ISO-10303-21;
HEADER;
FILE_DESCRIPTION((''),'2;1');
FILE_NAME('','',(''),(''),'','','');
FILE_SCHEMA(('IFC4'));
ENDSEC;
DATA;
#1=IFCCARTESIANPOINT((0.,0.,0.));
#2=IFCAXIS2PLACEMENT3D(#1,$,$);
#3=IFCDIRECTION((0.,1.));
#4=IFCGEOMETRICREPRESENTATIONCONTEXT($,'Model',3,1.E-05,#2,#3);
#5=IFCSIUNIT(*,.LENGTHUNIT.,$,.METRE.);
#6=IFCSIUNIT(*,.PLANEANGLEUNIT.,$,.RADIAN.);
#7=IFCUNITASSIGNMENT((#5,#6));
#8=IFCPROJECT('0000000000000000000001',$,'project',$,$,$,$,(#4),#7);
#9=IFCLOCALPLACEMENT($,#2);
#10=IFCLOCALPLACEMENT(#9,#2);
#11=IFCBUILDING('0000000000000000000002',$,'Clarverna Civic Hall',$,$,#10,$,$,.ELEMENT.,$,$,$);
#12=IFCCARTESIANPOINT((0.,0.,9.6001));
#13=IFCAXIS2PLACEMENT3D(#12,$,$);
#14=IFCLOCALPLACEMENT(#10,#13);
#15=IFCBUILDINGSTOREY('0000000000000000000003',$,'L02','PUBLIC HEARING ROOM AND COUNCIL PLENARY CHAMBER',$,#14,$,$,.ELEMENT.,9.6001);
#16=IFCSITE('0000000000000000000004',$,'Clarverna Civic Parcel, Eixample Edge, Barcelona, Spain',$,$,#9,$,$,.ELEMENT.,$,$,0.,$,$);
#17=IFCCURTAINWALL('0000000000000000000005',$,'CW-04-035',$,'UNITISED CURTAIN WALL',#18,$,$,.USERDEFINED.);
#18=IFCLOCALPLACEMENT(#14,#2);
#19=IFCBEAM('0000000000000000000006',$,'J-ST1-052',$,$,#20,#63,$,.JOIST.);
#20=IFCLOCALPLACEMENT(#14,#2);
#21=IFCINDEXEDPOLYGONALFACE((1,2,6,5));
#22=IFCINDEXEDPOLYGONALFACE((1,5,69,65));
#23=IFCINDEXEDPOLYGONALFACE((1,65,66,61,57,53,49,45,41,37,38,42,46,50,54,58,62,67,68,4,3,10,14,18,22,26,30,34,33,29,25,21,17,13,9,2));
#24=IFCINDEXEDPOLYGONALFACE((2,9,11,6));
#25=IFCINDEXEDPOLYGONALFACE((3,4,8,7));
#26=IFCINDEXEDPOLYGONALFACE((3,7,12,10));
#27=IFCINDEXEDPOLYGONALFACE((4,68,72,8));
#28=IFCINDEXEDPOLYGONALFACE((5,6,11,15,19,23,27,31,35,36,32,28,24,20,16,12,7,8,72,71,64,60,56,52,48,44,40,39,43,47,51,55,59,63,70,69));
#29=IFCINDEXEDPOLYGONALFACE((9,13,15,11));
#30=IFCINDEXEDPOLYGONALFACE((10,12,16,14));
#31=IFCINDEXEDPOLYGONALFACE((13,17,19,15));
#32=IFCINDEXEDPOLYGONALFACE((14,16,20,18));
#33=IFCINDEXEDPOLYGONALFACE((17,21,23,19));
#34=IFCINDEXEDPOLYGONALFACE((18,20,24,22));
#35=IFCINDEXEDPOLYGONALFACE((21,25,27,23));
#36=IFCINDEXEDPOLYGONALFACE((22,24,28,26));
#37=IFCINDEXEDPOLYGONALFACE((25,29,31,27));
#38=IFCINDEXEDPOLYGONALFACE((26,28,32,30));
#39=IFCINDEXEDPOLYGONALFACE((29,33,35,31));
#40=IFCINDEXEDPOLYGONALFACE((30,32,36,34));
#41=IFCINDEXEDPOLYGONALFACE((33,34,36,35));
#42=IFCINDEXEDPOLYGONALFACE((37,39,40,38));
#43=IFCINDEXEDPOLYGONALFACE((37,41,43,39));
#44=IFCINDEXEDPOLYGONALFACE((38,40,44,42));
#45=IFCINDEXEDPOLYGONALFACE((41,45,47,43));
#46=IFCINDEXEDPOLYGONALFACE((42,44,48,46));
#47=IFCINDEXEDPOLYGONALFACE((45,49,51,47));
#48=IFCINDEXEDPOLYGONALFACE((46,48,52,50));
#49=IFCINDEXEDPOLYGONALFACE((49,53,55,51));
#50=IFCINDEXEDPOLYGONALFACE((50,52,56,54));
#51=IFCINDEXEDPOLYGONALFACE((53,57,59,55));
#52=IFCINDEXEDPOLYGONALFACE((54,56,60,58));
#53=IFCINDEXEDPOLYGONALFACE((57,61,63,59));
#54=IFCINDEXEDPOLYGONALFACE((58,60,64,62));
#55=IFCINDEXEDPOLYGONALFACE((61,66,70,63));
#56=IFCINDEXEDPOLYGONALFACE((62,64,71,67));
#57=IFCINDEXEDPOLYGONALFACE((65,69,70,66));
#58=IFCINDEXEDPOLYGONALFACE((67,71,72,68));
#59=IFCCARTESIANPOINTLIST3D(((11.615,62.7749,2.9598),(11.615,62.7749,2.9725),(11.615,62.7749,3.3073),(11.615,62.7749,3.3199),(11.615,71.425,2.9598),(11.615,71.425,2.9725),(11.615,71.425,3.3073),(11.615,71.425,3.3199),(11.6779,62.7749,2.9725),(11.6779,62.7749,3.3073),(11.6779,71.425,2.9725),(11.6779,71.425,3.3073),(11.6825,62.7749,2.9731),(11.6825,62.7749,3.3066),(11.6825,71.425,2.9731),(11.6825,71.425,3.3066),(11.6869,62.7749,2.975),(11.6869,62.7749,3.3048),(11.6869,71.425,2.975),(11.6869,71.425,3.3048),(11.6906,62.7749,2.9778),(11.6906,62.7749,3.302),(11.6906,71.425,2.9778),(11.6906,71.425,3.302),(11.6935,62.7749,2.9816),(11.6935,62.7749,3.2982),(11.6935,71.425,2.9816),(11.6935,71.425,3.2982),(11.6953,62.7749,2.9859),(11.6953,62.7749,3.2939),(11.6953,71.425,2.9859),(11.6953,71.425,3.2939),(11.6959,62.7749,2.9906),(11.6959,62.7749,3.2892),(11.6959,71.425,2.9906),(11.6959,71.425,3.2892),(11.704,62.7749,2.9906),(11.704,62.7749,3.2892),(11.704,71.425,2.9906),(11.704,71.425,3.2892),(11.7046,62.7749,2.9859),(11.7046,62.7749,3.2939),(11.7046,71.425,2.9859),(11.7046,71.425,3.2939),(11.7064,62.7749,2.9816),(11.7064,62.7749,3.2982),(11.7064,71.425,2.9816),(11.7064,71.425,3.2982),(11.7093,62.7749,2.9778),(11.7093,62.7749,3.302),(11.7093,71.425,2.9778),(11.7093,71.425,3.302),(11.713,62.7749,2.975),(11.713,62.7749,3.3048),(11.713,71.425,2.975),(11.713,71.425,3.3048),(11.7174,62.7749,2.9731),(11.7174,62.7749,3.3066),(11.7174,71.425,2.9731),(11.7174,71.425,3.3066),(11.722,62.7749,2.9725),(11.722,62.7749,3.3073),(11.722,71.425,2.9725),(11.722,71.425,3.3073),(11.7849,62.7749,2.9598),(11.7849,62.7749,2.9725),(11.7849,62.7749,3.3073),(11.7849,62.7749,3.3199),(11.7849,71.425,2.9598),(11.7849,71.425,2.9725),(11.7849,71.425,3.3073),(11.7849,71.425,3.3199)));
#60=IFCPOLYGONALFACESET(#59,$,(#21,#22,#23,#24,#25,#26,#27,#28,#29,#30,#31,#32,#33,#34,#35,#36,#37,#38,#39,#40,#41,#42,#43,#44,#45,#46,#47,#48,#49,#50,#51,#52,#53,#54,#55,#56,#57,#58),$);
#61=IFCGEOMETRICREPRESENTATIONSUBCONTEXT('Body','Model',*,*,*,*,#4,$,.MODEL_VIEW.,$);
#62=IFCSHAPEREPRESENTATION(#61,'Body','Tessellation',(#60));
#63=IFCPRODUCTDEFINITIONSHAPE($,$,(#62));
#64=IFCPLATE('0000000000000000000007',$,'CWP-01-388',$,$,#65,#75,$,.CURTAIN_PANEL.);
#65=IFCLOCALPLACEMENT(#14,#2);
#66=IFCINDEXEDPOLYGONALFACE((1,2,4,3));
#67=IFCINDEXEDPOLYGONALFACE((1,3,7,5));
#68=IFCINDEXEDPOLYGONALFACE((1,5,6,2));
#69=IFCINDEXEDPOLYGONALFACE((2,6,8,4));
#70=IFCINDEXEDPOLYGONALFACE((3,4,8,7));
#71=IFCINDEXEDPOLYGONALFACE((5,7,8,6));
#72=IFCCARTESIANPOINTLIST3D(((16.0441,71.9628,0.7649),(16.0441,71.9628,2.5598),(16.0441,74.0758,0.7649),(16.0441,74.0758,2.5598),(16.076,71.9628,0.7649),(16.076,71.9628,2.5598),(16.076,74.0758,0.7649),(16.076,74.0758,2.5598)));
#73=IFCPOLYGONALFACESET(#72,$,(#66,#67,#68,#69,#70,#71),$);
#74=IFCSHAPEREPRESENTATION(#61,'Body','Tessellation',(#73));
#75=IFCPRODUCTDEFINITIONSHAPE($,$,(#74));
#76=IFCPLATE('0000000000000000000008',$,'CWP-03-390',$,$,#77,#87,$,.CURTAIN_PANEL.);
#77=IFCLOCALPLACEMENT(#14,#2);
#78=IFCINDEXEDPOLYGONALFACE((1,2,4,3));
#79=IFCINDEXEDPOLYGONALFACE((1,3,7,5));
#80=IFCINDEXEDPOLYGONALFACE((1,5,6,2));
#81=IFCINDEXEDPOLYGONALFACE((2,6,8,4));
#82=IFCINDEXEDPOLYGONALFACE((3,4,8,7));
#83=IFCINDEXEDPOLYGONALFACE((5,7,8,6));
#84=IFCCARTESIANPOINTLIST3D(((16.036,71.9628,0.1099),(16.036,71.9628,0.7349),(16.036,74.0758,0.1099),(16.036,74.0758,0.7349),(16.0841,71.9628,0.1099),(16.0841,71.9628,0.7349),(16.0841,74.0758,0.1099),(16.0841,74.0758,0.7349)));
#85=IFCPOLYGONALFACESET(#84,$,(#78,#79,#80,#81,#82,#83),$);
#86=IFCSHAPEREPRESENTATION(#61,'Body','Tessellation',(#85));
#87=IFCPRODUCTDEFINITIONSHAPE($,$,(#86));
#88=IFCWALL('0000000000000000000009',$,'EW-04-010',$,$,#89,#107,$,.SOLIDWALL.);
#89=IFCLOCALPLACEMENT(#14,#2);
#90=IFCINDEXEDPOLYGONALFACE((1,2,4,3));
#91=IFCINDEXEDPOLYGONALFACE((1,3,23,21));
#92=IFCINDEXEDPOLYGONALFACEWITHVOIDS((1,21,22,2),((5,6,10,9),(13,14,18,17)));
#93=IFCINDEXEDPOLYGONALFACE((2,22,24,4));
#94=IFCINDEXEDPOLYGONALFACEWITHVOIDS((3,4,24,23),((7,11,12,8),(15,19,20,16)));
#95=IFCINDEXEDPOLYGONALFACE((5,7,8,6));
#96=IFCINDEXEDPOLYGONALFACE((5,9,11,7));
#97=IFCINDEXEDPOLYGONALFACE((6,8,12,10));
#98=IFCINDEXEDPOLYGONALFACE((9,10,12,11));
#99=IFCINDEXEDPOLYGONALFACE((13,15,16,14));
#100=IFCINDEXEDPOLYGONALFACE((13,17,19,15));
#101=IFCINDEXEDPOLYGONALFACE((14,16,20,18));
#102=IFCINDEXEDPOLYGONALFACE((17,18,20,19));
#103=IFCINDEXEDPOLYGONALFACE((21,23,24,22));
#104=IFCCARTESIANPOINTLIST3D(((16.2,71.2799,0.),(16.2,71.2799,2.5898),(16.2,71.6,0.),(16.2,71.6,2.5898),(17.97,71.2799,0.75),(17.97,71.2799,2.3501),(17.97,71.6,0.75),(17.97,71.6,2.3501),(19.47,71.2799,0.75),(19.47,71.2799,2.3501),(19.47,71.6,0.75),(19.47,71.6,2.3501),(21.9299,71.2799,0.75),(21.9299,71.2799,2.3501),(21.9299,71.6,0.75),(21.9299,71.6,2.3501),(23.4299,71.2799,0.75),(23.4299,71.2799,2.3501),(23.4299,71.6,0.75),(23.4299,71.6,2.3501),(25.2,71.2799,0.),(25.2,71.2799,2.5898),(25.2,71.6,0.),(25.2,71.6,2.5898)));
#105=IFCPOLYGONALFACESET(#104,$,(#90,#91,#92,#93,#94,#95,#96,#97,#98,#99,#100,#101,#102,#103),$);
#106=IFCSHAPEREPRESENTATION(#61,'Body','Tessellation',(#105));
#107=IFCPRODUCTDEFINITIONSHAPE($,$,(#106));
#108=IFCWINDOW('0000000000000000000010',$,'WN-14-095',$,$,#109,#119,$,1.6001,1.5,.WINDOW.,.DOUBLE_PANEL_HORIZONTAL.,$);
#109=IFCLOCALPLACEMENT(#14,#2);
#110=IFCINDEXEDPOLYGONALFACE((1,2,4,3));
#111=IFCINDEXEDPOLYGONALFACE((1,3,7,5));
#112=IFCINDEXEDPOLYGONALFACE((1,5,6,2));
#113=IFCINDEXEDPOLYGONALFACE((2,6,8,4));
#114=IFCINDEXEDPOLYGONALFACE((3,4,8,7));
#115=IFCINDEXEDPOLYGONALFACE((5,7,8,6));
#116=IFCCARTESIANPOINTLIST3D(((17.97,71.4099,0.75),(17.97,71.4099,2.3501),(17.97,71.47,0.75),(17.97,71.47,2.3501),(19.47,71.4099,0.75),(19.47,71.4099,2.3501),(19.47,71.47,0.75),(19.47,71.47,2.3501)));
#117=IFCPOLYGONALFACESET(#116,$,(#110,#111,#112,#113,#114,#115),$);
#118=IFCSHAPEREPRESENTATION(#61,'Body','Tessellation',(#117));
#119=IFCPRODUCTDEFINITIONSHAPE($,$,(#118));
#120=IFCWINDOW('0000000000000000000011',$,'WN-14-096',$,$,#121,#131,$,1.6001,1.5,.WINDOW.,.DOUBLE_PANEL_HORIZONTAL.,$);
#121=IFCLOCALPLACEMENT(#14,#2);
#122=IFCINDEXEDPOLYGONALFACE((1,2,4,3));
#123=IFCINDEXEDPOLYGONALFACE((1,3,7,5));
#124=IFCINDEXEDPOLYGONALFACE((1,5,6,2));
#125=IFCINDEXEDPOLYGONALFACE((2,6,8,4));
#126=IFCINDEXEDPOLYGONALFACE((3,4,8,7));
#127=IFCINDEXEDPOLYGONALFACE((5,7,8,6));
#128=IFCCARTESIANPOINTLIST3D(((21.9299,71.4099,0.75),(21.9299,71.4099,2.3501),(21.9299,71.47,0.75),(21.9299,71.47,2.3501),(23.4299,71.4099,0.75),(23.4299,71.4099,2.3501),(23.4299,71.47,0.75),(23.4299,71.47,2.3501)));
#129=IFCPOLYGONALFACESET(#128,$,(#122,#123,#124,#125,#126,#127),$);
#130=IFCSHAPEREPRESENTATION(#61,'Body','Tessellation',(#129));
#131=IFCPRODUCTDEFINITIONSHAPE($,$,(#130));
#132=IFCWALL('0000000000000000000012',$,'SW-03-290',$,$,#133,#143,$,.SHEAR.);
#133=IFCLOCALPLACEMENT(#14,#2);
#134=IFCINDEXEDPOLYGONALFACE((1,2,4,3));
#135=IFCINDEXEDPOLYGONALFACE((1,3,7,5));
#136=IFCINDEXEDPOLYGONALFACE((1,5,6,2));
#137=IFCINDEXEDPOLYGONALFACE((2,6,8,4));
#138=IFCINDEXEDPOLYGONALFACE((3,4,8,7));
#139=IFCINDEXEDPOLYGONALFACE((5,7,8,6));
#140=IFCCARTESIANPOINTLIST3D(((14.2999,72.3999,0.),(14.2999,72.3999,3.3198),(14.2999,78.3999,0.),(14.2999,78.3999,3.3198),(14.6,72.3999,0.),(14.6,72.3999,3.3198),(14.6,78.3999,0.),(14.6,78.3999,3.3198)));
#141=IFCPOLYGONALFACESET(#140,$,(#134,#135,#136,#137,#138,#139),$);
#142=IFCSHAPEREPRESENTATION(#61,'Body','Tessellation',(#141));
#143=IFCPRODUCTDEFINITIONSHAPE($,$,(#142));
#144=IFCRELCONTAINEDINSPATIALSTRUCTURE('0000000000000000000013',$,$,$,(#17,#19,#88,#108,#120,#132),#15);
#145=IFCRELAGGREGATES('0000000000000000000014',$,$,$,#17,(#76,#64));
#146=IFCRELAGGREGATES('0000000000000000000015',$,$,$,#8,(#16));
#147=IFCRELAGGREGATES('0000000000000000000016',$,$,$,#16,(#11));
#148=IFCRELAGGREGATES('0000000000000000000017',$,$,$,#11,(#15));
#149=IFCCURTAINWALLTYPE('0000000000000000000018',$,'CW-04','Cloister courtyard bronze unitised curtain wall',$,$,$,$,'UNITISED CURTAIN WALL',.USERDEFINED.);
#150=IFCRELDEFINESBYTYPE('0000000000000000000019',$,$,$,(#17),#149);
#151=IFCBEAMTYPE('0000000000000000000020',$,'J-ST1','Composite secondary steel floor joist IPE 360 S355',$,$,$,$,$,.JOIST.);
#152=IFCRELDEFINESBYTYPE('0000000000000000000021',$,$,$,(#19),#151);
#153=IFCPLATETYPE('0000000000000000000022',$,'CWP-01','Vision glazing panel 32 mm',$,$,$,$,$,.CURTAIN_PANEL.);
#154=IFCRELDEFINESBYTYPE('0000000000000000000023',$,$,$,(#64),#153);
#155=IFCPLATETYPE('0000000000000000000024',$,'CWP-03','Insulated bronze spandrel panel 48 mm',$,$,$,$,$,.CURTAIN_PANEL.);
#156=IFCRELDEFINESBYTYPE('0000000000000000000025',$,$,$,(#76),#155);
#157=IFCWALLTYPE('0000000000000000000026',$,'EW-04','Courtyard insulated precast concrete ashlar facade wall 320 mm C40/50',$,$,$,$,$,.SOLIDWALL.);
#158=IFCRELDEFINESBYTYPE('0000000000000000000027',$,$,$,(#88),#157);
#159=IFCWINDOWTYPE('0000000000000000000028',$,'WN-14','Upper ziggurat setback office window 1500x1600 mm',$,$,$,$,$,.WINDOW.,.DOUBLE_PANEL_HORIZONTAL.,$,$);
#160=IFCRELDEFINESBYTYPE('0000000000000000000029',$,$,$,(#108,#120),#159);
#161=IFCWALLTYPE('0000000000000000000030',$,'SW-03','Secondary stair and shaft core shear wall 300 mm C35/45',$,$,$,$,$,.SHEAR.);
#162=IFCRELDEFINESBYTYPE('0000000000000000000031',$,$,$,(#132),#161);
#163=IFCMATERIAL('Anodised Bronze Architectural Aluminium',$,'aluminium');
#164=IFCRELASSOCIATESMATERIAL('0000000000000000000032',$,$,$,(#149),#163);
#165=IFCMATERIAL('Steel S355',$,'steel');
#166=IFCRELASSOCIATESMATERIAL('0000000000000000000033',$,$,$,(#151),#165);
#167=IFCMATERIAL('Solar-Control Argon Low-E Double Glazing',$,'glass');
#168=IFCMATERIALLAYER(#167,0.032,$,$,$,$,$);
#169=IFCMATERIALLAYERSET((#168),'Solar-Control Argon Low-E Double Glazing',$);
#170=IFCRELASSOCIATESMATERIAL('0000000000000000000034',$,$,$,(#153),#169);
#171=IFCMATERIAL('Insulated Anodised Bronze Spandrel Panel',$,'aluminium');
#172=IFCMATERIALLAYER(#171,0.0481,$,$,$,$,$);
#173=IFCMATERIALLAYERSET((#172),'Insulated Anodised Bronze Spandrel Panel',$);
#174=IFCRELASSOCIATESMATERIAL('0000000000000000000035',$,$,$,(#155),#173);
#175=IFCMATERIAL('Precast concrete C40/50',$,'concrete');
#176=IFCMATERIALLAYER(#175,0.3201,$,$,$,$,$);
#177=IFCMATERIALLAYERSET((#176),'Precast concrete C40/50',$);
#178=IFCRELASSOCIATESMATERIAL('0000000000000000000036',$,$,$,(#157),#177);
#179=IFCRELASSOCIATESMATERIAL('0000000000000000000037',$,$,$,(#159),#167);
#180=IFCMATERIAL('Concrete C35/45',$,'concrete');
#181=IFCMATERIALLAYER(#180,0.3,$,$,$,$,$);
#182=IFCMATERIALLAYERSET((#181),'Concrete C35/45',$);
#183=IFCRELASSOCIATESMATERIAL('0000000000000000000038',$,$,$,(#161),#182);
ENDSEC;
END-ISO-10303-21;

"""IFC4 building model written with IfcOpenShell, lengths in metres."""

from ifc_helpers import new_model, si_unit, direction, frame, frame_2d, origin, origin_2d, place, context, subcontext, project, spatial, rectangle, i_section, extrude, material, layer, layer_set, material_profile, profile_set, type_object, element, fill, aggregate, save


model = new_model("IFC4")

# Units and contexts
model_context = context("Model", 3, precision=1e-05, world=origin(), true_north=direction((0.0, 1.0)))
body_context = subcontext(model_context, "Body", "Model", "MODEL_VIEW")
ifc_project = project(units=[si_unit("LENGTHUNIT", "METRE"), si_unit("PLANEANGLEUNIT", "RADIAN")], contexts=[model_context])

# Site, building, storey
site_placement = place(None, origin())
site = spatial("IfcSite", under=ifc_project, at=site_placement, Name="Clarverna Civic Parcel, Eixample Edge, Barcelona, Spain", CompositionType="ELEMENT", RefElevation=0.0)
building_placement = place(site_placement, origin())
building = spatial("IfcBuilding", under=site, at=building_placement, Name="Clarverna Civic Hall", CompositionType="ELEMENT")
storey_placement = place(building_placement, frame((0.0, 0.0, 9.6001)))
storey = spatial("IfcBuildingStorey", under=building, at=storey_placement, Name="L02", Description="PUBLIC HEARING ROOM AND COUNCIL PLENARY CHAMBER", CompositionType="ELEMENT", Elevation=9.6001)

# Shared definitions
ifc_material_1 = material(Name="Concrete C35/45", Category="concrete")

# Curtain wall
ifc_material_2 = material(Name="Anodised Bronze Architectural Aluminium", Category="aluminium")
curtain_wall_type = type_object("IfcCurtainWallType", Name="CW-04", Description="Cloister courtyard bronze unitised curtain wall", ElementType="UNITISED CURTAIN WALL", PredefinedType="USERDEFINED", material=ifc_material_2)
curtain_wall_placement = place(storey_placement, origin())
curtain_wall = element("IfcCurtainWall", 1, at=curtain_wall_placement, inside=storey, type_object=curtain_wall_type, Name="CW-04-035", ObjectType="UNITISED CURTAIN WALL", PredefinedType="USERDEFINED")

# Beam
ifc_material_3 = material(Name="Steel S355", Category="steel")
ifc_material_profile_1 = material_profile(ifc_material_3, i_section(OverallWidth=0.1699, OverallDepth=0.3601, WebThickness=0.0081, FlangeThickness=0.0127, FilletRadius=0.0181, at=origin_2d()), Name="IPE 360")
ifc_profile_set_1 = profile_set([ifc_material_profile_1], Name="Steel S355")
beam_type_1 = type_object("IfcBeamType", Name="J-ST1", Description="Composite secondary steel floor joist IPE 360 S355", PredefinedType="JOIST", material=ifc_profile_set_1)
beam_1_placement = place(storey_placement, frame((11.7, 62.7749, 3.1399), z_axis=(0.0, 1.0, 0.0), x_axis=(-1.0, 0.0, 0.0)))
element("IfcBeam", 2, at=beam_1_placement, inside=storey, type_object=beam_type_1, Name="J-ST1-052", PredefinedType="JOIST", context=body_context, shape_type="SweptSolid", body=[
    extrude(i_section(OverallWidth=0.1699, OverallDepth=0.3601, WebThickness=0.0081, FlangeThickness=0.0127, FilletRadius=0.0181, at=origin_2d()), origin(), (0.0, 0.0, 1.0), 8.6501),
])

# Plates
ifc_material_4 = material(Name="Solar-Control Argon Low-E Double Glazing", Category="glass")
ifc_layer_1 = layer(ifc_material_4, 0.032)
ifc_layer_set_1 = layer_set([ifc_layer_1], Name="Solar-Control Argon Low-E Double Glazing")
plate_type_1 = type_object("IfcPlateType", Name="CWP-01", Description="Vision glazing panel 32 mm", PredefinedType="CURTAIN_PANEL", material=ifc_layer_set_1)
plate_1_placement = place(storey_placement, frame((16.0601, 74.0759, 0.7649), z_axis=(0.0, 0.0, 1.0), x_axis=(0.0, -1.0, 0.0)))
plate_1 = element("IfcPlate", 3, at=plate_1_placement, type_object=plate_type_1, Name="CWP-01-388", PredefinedType="CURTAIN_PANEL", context=body_context, shape_type="SweptSolid", body=[
    extrude(rectangle(XDim=2.113, YDim=0.032, at=frame_2d((1.0566, 0.0))), origin(), (0.0, 0.0, 1.0), 1.7949),
])
ifc_material_5 = material(Name="Insulated Anodised Bronze Spandrel Panel", Category="aluminium")
ifc_layer_2 = layer(ifc_material_5, 0.0481)
ifc_layer_set_2 = layer_set([ifc_layer_2], Name="Insulated Anodised Bronze Spandrel Panel")
plate_type_2 = type_object("IfcPlateType", Name="CWP-03", Description="Insulated bronze spandrel panel 48 mm", PredefinedType="CURTAIN_PANEL", material=ifc_layer_set_2)
plate_2_placement = place(storey_placement, frame((16.0601, 74.0759, 0.1099), z_axis=(0.0, 0.0, 1.0), x_axis=(0.0, -1.0, 0.0)))
plate_2 = element("IfcPlate", 4, at=plate_2_placement, type_object=plate_type_2, Name="CWP-03-390", PredefinedType="CURTAIN_PANEL", context=body_context, shape_type="SweptSolid", body=[
    extrude(rectangle(XDim=2.113, YDim=0.0481, at=frame_2d((1.0566, 0.0))), origin(), (0.0, 0.0, 1.0), 0.625),
])
aggregate(curtain_wall, [plate_2, plate_1])

# Wall, openings, windows
ifc_material_6 = material(Name="Precast concrete C40/50", Category="concrete")
ifc_layer_3 = layer(ifc_material_6, 0.3201)
ifc_layer_set_3 = layer_set([ifc_layer_3], Name="Precast concrete C40/50")
wall_type_1 = type_object("IfcWallType", Name="EW-04", Description="Courtyard insulated precast concrete ashlar facade wall 320 mm C40/50", PredefinedType="SOLIDWALL", material=ifc_layer_set_3)
wall_1_placement = place(storey_placement, frame((16.2, 71.4399, 0.0), z_axis=(0.0, 0.0, 1.0), x_axis=(1.0, 0.0, 0.0)))
wall_1 = element("IfcWall", 5, at=wall_1_placement, inside=storey, type_object=wall_type_1, Name="EW-04-010", PredefinedType="SOLIDWALL", context=body_context, shape_type="SweptSolid", body=[
    extrude(rectangle(XDim=9.0, YDim=0.3201, at=frame_2d((4.5, 0.0))), origin(), (0.0, 0.0, 1.0), 2.5898),
])
opening_1_placement = place(wall_1_placement, frame((1.77, 0.0, 0.75)))
opening_1 = element("IfcOpeningElement", 6, at=opening_1_placement, cuts=wall_1, PredefinedType="OPENING", context=body_context, shape_type="SweptSolid", body=[
    extrude(rectangle(XDim=1.5, YDim=1.6001, at=frame_2d((0.75, 0.8))), frame((0.0, 0.1699, 0.0), z_axis=(0.0, -1.0, 0.0), x_axis=(1.0, 0.0, 0.0)), (0.0, 0.0, 1.0), 0.3401),
])
opening_2_placement = place(wall_1_placement, frame((5.73, 0.0, 0.75)))
opening_2 = element("IfcOpeningElement", 7, at=opening_2_placement, cuts=wall_1, PredefinedType="OPENING", context=body_context, shape_type="SweptSolid", body=[
    extrude(rectangle(XDim=1.5, YDim=1.6001, at=frame_2d((0.75, 0.8))), frame((0.0, 0.1699, 0.0), z_axis=(0.0, -1.0, 0.0), x_axis=(1.0, 0.0, 0.0)), (0.0, 0.0, 1.0), 0.3401),
])
window_type = type_object("IfcWindowType", Name="WN-14", Description="Upper ziggurat setback office window 1500x1600 mm", PartitioningType="DOUBLE_PANEL_HORIZONTAL", PredefinedType="WINDOW", material=ifc_material_4)
window_1_placement = place(opening_1_placement, origin())
window_1 = element("IfcWindow", 8, at=window_1_placement, inside=storey, type_object=window_type, Name="WN-14-095", OverallHeight=1.6001, OverallWidth=1.5, PartitioningType="DOUBLE_PANEL_HORIZONTAL", PredefinedType="WINDOW", context=body_context, shape_type="SweptSolid", body=[
    extrude(rectangle(XDim=1.5, YDim=1.6001, at=frame_2d((0.75, 0.8))), frame((0.0, 0.03, 0.0), z_axis=(0.0, -1.0, 0.0), x_axis=(1.0, 0.0, 0.0)), (0.0, 0.0, 1.0), 0.0601),
])
fill(opening_1, window_1)
window_2_placement = place(opening_2_placement, origin())
window_2 = element("IfcWindow", 9, at=window_2_placement, inside=storey, type_object=window_type, Name="WN-14-096", OverallHeight=1.6001, OverallWidth=1.5, PartitioningType="DOUBLE_PANEL_HORIZONTAL", PredefinedType="WINDOW", context=body_context, shape_type="SweptSolid", body=[
    extrude(rectangle(XDim=1.5, YDim=1.6001, at=frame_2d((0.75, 0.8))), frame((0.0, 0.03, 0.0), z_axis=(0.0, -1.0, 0.0), x_axis=(1.0, 0.0, 0.0)), (0.0, 0.0, 1.0), 0.0601),
])
fill(opening_2, window_2)

# Wall
ifc_layer_4 = layer(ifc_material_1, 0.3)
ifc_layer_set_4 = layer_set([ifc_layer_4], Name="Concrete C35/45")
wall_type_2 = type_object("IfcWallType", Name="SW-03", Description="Secondary stair and shaft core shear wall 300 mm C35/45", PredefinedType="SHEAR", material=ifc_layer_set_4)
wall_2_placement = place(storey_placement, frame((14.45, 72.3999, 0.0), z_axis=(0.0, 0.0, 1.0), x_axis=(0.0, 1.0, 0.0)))
element("IfcWall", 10, at=wall_2_placement, inside=storey, type_object=wall_type_2, Name="SW-03-290", PredefinedType="SHEAR", context=body_context, shape_type="SweptSolid", body=[
    extrude(rectangle(XDim=6.0, YDim=0.3, at=frame_2d((3.0, 0.0))), origin(), (0.0, 0.0, 1.0), 3.3198),
])

save(model, "model.ifc")
